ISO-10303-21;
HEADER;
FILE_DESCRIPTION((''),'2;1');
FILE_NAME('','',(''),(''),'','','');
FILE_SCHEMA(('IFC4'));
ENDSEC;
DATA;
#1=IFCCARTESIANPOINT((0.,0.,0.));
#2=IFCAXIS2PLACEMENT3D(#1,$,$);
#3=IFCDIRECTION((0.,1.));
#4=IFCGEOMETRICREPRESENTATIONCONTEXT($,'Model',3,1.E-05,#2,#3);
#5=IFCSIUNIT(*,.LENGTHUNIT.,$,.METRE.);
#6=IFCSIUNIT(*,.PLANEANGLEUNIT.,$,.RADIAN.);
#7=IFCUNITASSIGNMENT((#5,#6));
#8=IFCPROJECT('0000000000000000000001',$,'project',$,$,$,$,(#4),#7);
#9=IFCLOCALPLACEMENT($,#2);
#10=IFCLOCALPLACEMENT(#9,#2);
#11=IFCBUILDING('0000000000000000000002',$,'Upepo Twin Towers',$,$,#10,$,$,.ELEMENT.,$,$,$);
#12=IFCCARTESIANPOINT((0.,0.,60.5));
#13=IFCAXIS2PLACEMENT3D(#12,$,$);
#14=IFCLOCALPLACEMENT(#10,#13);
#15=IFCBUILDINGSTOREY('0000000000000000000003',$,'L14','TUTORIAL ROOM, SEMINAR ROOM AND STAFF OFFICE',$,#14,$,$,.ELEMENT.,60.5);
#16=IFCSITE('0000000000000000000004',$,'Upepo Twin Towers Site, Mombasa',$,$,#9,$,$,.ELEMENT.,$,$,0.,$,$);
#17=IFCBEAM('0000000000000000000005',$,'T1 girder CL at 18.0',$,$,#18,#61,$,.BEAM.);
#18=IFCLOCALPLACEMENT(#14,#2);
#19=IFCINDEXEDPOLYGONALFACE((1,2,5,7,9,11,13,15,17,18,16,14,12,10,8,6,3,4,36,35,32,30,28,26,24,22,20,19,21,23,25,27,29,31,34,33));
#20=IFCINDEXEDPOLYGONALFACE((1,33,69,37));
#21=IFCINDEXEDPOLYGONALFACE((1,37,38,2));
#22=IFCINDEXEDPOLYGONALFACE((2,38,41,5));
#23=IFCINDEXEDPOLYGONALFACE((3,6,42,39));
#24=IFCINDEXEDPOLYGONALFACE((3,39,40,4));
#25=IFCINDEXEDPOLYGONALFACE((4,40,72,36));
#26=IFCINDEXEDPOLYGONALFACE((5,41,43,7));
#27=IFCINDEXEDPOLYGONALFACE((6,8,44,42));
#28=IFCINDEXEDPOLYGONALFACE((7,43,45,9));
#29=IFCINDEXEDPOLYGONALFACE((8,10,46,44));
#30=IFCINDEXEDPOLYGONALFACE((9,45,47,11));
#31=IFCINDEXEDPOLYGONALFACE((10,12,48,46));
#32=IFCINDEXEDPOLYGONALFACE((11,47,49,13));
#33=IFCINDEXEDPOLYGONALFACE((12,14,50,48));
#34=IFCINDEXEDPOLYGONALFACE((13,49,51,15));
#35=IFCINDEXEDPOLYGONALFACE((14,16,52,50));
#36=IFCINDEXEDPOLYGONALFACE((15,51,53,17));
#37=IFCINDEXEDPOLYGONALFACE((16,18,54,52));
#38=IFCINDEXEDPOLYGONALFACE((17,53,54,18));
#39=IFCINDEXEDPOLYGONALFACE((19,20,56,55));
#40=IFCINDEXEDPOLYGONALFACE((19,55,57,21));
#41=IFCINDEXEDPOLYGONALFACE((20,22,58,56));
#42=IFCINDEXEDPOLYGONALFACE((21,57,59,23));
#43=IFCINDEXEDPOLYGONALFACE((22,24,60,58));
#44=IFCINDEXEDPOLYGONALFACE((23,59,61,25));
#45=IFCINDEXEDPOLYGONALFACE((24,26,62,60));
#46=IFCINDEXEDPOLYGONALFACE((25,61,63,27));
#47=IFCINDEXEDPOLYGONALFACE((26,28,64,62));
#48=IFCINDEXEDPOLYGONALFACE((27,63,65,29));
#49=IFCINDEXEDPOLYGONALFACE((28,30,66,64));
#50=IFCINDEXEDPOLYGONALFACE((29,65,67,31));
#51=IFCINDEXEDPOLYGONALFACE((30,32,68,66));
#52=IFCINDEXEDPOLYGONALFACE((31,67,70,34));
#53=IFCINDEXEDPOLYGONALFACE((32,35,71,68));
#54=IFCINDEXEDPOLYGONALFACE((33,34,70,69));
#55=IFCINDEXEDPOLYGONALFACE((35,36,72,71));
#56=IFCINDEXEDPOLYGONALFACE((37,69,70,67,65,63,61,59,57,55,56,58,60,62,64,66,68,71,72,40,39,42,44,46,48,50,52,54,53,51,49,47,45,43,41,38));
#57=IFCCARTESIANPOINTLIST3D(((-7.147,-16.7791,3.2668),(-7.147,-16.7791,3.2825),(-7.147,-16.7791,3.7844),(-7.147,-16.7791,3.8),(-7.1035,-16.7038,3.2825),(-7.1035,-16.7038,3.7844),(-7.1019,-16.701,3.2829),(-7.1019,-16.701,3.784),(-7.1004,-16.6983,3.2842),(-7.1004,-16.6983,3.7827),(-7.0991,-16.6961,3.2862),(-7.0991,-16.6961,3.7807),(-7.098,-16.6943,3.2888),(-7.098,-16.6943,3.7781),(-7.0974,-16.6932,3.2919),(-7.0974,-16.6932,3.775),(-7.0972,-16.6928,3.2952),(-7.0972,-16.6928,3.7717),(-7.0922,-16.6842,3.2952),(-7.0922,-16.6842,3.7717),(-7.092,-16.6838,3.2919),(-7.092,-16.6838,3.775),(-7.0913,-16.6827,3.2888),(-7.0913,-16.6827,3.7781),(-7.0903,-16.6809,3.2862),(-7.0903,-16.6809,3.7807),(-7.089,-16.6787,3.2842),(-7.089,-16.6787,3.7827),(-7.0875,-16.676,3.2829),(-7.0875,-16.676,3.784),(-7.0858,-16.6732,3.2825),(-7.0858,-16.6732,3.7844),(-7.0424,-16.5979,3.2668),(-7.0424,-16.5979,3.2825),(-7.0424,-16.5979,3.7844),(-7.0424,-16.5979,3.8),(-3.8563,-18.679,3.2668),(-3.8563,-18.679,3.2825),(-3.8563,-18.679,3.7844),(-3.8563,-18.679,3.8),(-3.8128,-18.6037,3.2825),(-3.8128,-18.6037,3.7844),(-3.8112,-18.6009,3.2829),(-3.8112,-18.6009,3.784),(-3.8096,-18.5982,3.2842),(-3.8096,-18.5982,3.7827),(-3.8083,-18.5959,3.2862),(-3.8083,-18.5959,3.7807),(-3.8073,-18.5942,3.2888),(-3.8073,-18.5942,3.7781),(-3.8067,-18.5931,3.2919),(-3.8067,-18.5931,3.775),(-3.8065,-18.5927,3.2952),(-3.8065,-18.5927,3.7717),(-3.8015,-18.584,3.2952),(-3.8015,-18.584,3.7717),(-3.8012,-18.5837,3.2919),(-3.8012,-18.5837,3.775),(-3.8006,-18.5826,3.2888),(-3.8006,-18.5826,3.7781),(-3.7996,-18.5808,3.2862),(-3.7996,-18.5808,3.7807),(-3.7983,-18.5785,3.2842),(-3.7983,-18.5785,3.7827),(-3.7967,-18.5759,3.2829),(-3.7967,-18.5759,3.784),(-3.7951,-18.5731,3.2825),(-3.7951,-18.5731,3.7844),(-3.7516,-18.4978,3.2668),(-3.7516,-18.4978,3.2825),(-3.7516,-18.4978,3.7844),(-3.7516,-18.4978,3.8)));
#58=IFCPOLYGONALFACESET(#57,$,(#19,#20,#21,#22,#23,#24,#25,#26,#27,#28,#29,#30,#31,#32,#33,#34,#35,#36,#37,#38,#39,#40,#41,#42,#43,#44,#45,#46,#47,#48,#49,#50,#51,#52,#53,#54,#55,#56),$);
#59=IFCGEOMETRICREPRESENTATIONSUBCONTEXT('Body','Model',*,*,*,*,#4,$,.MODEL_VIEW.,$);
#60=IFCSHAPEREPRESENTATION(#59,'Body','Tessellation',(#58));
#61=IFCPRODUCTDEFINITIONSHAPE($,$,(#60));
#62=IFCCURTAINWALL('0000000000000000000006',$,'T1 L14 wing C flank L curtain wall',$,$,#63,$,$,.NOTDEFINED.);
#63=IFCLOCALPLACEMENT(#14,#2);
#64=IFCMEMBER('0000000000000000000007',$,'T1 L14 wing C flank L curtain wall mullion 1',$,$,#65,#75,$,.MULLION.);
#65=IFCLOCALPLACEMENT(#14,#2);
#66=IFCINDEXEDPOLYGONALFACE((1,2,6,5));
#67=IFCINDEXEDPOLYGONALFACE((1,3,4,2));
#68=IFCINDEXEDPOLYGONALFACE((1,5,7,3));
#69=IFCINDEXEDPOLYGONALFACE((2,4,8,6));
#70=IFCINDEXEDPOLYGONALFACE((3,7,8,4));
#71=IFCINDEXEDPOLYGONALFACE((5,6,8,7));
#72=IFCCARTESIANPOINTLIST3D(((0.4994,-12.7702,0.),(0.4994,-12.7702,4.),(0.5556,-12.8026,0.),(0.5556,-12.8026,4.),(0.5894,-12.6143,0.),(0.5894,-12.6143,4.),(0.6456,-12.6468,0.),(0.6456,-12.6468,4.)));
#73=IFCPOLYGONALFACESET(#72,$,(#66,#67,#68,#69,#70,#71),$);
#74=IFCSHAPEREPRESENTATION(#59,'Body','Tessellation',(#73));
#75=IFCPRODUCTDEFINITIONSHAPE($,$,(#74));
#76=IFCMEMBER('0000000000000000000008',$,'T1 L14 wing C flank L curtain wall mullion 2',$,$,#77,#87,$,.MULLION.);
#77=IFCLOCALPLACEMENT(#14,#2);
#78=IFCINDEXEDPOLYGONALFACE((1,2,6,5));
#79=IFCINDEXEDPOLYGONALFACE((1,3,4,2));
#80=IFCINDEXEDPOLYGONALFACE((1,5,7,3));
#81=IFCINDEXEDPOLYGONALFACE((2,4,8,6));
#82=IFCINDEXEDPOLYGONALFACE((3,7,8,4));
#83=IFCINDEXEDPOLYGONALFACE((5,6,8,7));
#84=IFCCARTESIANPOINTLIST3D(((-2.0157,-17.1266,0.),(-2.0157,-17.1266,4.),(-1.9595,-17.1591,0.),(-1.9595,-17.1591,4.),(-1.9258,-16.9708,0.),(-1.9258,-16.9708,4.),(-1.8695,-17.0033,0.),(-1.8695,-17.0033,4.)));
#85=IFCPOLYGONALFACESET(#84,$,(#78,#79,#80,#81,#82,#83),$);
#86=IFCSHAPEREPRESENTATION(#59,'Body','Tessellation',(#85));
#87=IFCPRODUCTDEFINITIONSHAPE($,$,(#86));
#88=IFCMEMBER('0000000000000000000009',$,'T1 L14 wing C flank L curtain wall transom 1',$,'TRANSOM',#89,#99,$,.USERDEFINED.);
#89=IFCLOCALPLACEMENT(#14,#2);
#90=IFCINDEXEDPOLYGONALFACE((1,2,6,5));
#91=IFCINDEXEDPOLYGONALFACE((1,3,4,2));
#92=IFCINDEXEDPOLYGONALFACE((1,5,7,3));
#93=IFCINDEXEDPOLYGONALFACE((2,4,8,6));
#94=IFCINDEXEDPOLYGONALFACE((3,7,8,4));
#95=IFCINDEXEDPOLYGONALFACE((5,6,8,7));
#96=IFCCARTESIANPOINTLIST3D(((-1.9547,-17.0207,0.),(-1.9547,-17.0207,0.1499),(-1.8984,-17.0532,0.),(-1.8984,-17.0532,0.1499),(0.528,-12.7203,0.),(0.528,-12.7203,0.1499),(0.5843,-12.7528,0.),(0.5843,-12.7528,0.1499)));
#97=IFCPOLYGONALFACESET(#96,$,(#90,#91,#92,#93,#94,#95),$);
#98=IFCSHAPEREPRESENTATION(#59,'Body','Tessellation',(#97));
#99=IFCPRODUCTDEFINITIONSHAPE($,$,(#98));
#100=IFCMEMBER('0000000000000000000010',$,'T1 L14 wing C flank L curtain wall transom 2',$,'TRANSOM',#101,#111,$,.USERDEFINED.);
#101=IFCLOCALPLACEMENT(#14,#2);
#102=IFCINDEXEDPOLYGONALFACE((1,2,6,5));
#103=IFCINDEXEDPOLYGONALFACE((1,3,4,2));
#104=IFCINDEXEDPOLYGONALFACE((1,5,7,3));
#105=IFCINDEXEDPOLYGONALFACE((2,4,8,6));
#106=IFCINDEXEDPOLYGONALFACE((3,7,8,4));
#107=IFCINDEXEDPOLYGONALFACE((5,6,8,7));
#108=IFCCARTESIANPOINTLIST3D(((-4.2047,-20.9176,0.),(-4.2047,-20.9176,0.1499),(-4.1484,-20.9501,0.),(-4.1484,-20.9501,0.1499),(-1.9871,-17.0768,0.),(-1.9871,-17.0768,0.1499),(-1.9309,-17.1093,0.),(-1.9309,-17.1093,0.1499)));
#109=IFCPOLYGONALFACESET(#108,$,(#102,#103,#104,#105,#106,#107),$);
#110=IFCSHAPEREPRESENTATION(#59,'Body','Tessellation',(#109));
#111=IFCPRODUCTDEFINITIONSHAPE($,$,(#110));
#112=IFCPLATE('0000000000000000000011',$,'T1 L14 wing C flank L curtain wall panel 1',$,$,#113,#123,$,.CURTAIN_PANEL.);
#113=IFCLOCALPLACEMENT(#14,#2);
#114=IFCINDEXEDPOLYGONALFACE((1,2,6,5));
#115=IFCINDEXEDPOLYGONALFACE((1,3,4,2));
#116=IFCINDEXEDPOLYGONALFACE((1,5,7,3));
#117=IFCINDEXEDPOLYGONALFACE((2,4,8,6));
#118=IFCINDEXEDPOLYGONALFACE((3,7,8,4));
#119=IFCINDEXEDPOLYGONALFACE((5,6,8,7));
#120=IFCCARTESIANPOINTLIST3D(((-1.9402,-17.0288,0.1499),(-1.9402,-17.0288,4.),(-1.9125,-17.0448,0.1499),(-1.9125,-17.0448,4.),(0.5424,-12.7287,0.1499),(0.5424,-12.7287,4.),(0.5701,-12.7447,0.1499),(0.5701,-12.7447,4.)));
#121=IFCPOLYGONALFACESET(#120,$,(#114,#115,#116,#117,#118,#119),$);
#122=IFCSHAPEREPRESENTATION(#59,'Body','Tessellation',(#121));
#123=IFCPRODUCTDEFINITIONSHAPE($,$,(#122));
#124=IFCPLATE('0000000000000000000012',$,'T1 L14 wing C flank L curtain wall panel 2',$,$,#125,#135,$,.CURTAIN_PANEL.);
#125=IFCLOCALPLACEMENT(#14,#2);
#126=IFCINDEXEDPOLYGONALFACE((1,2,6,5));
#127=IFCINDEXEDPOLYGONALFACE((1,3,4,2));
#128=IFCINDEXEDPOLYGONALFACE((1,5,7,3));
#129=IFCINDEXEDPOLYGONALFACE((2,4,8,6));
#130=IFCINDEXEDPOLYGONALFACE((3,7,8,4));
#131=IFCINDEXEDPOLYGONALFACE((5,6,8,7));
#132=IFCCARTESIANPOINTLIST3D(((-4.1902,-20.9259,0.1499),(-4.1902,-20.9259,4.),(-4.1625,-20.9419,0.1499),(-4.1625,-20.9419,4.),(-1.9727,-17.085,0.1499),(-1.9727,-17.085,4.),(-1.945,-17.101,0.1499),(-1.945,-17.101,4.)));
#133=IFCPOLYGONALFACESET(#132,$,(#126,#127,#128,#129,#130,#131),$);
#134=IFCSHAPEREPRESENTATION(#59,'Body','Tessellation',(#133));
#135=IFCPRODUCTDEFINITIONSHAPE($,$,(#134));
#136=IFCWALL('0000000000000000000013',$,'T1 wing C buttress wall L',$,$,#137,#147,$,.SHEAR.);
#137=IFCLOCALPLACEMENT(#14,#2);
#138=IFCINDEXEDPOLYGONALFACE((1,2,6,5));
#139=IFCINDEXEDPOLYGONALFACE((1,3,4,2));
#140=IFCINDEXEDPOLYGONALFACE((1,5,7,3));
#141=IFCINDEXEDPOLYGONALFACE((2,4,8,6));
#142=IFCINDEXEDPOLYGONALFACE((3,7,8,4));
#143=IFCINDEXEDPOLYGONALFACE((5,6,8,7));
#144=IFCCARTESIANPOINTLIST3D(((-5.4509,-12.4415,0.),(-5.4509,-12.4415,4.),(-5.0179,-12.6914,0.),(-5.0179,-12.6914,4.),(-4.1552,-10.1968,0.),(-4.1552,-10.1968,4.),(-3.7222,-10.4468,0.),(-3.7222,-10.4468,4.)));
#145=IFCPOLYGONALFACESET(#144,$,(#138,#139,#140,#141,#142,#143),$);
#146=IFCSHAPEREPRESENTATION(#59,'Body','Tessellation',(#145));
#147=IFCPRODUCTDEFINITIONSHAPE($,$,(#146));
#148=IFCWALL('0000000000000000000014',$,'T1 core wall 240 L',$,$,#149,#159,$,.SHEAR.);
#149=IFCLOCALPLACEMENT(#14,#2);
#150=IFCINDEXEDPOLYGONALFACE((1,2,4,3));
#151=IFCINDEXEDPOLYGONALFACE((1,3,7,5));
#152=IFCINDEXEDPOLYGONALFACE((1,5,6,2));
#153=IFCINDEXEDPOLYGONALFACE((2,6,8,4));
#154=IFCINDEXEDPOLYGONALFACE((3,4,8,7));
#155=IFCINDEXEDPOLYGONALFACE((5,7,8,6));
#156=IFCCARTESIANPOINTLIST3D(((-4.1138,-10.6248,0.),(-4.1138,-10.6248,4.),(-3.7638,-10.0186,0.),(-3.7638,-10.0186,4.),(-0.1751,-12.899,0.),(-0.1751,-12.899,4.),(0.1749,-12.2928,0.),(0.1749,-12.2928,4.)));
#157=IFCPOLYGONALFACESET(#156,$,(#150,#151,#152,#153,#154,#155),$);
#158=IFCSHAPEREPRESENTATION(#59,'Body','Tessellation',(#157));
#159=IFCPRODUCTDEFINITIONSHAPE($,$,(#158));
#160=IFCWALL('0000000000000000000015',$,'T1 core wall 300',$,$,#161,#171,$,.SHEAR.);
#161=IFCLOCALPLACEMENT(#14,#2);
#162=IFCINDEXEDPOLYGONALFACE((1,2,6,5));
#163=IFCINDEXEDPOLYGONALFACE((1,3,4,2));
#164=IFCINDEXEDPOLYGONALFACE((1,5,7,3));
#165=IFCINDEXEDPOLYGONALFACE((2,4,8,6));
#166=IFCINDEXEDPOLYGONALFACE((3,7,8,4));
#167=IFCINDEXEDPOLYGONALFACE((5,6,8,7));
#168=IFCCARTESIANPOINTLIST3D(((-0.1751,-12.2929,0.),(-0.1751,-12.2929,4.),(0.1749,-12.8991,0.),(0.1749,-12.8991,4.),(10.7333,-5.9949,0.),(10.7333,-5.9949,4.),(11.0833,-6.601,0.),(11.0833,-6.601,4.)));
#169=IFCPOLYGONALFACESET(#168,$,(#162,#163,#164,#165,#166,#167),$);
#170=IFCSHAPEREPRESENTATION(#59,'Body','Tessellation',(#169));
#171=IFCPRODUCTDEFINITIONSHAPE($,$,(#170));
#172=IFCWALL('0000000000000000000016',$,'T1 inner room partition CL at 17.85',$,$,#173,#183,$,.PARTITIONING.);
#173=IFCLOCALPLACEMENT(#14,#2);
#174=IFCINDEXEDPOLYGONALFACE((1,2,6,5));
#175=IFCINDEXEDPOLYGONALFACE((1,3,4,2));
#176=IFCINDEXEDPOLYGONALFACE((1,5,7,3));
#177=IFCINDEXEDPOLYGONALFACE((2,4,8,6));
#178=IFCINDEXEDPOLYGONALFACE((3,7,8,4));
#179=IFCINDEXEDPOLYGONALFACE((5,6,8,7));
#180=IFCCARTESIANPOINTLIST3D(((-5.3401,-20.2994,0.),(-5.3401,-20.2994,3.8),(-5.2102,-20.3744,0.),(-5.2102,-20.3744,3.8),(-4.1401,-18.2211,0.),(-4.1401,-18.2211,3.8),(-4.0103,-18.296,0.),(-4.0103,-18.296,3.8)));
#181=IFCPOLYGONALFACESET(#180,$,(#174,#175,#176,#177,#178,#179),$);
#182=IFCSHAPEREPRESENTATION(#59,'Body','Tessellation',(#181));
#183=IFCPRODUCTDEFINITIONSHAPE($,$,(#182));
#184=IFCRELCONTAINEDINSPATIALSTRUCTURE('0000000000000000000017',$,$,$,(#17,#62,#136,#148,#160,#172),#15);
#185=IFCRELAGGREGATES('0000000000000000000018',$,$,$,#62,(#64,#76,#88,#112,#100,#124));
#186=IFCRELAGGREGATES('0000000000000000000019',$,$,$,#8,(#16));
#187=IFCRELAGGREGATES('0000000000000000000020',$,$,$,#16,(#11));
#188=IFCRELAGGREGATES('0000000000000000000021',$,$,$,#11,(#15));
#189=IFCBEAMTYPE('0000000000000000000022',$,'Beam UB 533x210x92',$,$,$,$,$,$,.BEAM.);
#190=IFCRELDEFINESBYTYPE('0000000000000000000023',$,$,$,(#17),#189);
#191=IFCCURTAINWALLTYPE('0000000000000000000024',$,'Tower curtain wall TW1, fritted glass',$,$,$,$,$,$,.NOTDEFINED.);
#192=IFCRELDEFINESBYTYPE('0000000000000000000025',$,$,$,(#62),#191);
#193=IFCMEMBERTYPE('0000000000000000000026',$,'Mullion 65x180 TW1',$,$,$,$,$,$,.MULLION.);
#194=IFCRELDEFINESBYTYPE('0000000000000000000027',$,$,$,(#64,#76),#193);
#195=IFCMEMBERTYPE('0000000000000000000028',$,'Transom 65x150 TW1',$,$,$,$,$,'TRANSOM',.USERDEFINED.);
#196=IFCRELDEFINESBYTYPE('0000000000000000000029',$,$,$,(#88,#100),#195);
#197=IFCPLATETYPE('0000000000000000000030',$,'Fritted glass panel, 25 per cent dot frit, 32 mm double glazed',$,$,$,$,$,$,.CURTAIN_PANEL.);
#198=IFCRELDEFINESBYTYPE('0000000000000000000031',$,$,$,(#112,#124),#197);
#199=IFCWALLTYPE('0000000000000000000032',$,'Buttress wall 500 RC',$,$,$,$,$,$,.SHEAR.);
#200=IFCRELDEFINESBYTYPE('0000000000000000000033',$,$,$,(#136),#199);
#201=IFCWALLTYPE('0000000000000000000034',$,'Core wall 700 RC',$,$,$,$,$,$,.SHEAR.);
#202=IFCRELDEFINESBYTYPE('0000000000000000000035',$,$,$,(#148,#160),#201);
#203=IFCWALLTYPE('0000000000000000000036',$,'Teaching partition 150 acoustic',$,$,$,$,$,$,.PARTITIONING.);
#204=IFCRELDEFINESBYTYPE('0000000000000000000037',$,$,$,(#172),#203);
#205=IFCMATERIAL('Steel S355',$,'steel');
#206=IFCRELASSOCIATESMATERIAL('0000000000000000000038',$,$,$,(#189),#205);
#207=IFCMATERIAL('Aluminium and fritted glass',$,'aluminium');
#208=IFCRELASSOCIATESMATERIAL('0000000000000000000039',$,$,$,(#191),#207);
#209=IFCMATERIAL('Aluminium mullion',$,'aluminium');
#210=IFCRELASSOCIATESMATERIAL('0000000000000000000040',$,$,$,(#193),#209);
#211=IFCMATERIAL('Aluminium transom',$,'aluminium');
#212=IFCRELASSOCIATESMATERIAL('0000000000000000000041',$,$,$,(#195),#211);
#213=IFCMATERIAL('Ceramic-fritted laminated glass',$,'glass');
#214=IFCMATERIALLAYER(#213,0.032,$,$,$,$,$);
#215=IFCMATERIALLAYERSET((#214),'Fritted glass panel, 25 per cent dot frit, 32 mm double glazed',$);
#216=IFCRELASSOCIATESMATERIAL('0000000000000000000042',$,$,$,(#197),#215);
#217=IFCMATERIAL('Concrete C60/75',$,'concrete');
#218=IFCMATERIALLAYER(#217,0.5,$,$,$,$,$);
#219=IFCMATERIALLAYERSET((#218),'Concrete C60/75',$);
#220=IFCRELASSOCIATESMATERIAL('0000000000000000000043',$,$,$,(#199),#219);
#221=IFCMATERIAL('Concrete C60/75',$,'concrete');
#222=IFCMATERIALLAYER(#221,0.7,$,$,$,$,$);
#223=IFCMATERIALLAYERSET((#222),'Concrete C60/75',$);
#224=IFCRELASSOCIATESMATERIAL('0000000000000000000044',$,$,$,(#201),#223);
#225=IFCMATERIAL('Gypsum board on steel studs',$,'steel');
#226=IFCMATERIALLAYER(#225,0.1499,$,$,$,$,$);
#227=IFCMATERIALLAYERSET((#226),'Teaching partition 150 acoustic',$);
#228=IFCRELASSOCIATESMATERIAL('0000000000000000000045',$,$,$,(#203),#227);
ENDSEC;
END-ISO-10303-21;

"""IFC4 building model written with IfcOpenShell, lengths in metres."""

from ifc_helpers import new_model, si_unit, direction, frame, frame_2d, origin, origin_2d, place, context, subcontext, project, spatial, rectangle, i_section, extrude, material, layer, layer_set, material_profile, profile_set, type_object, element, aggregate, save


model = new_model("IFC4")

# Units and contexts
model_context = context("Model", 3, precision=1e-05, world=origin(), true_north=direction((0.0, 1.0)))
body_context = subcontext(model_context, "Body", "Model", "MODEL_VIEW")
ifc_project = project(units=[si_unit("LENGTHUNIT", "METRE"), si_unit("PLANEANGLEUNIT", "RADIAN")], contexts=[model_context])

# Site, building, storey
site_placement = place(None, origin())
site = spatial("IfcSite", under=ifc_project, at=site_placement, Name="Upepo Twin Towers Site, Mombasa", CompositionType="ELEMENT", RefElevation=0.0)
building_placement = place(site_placement, origin())
building = spatial("IfcBuilding", under=site, at=building_placement, Name="Upepo Twin Towers", CompositionType="ELEMENT")
storey_placement = place(building_placement, frame((0.0, 0.0, 60.5)))
storey = spatial("IfcBuildingStorey", under=building, at=storey_placement, Name="L14", Description="TUTORIAL ROOM, SEMINAR ROOM AND STAFF OFFICE", CompositionType="ELEMENT", Elevation=60.5)

# Beam
ifc_material_1 = material(Name="Steel S355", Category="steel")
ifc_material_profile_1 = material_profile(ifc_material_1, i_section(OverallWidth=0.2092, OverallDepth=0.5332, WebThickness=0.01, FlangeThickness=0.0156, FilletRadius=0.0127, at=origin_2d()), Name="UB 533x210x92")
ifc_profile_set_1 = profile_set([ifc_material_profile_1], Name="Steel S355")
beam_type_1 = type_object("IfcBeamType", Name="Beam UB 533x210x92", PredefinedType="BEAM", material=ifc_profile_set_1)
beam_1_placement = place(storey_placement, frame((-3.804, -18.5884, 3.5334), z_axis=(-0.866028, 0.499995, 0.0), x_axis=(-0.499995, -0.866028, 0.0)))
element("IfcBeam", 1, at=beam_1_placement, inside=storey, type_object=beam_type_1, Name="T1 girder CL at 18.0", PredefinedType="BEAM", context=body_context, shape_type="SweptSolid", body=[
    extrude(i_section(OverallWidth=0.2092, OverallDepth=0.5332, WebThickness=0.01, FlangeThickness=0.0156, FilletRadius=0.0127, at=origin_2d()), origin(), (0.0, 0.0, 1.0), 3.7998),
])

# Curtain wall, members, plates
ifc_material_2 = material(Name="Aluminium and fritted glass", Category="aluminium")
curtain_wall_type = type_object("IfcCurtainWallType", Name="Tower curtain wall TW1, fritted glass", PredefinedType="NOTDEFINED", material=ifc_material_2)
curtain_wall_placement = place(storey_placement, origin())
curtain_wall = element("IfcCurtainWall", 2, at=curtain_wall_placement, inside=storey, type_object=curtain_wall_type, Name="T1 L14 wing C flank L curtain wall", PredefinedType="NOTDEFINED")
ifc_material_3 = material(Name="Aluminium mullion", Category="aluminium")
ifc_material_profile_2 = material_profile(ifc_material_3, rectangle(XDim=0.0649, YDim=0.1799, at=origin_2d()), Name="MULLION 65x180")
ifc_profile_set_2 = profile_set([ifc_material_profile_2], Name="Aluminium mullion")
member_type_1 = type_object("IfcMemberType", Name="Mullion 65x180 TW1", PredefinedType="MULLION", material=ifc_profile_set_2)
member_1_placement = place(storey_placement, frame((0.5725, -12.7085, 0.0), z_axis=(0.0, 0.0, 1.0), x_axis=(0.866025, -0.5, 0.0)))
member_1 = element("IfcMember", 3, at=member_1_placement, type_object=member_type_1, Name="T1 L14 wing C flank L curtain wall mullion 1", PredefinedType="MULLION", context=body_context, shape_type="SweptSolid", body=[
    extrude(rectangle(XDim=0.0649, YDim=0.1799, at=origin_2d()), origin(), (0.0, 0.0, 1.0), 4.0),
])
member_2_placement = place(storey_placement, frame((-1.9426, -17.0649, 0.0), z_axis=(0.0, 0.0, 1.0), x_axis=(0.866025, -0.5, 0.0)))
member_2 = element("IfcMember", 4, at=member_2_placement, type_object=member_type_1, Name="T1 L14 wing C flank L curtain wall mullion 2", PredefinedType="MULLION", context=body_context, shape_type="SweptSolid", body=[
    extrude(rectangle(XDim=0.0649, YDim=0.1799, at=origin_2d()), origin(), (0.0, 0.0, 1.0), 4.0),
])
ifc_material_4 = material(Name="Aluminium transom", Category="aluminium")
ifc_material_profile_3 = material_profile(ifc_material_4, rectangle(XDim=0.0649, YDim=0.1499, at=origin_2d()), Name="TRANSOM 65x150")
ifc_profile_set_3 = profile_set([ifc_material_profile_3], Name="Aluminium transom")
member_type_2 = type_object("IfcMemberType", Name="Transom 65x150 TW1", ElementType="TRANSOM", PredefinedType="USERDEFINED", material=ifc_profile_set_3)
member_3_placement = place(storey_placement, frame((0.5562, -12.7366, 0.075), z_axis=(-0.499983, -0.866035, 0.0), x_axis=(0.866035, -0.499983, 0.0)))
member_3 = element("IfcMember", 5, at=member_3_placement, type_object=member_type_2, Name="T1 L14 wing C flank L curtain wall transom 1", ObjectType="TRANSOM", PredefinedType="USERDEFINED", context=body_context, shape_type="SweptSolid", body=[
    extrude(rectangle(XDim=0.0649, YDim=0.1499, at=origin_2d()), origin(), (0.0, 0.0, 1.0), 4.9656),
])
member_4_placement = place(storey_placement, frame((-1.959, -17.093, 0.075), z_axis=(-0.500005, -0.866022, 0.0), x_axis=(0.866022, -0.500005, 0.0)))
member_4 = element("IfcMember", 6, at=member_4_placement, type_object=member_type_2, Name="T1 L14 wing C flank L curtain wall transom 2", ObjectType="TRANSOM", PredefinedType="USERDEFINED", context=body_context, shape_type="SweptSolid", body=[
    extrude(rectangle(XDim=0.0649, YDim=0.1499, at=origin_2d()), origin(), (0.0, 0.0, 1.0), 4.4351),
])
ifc_material_5 = material(Name="Ceramic-fritted laminated glass", Category="glass")
ifc_layer_1 = layer(ifc_material_5, 0.032)
ifc_layer_set_1 = layer_set([ifc_layer_1], Name="Fritted glass panel, 25 per cent dot frit, 32 mm double glazed")
plate_type = type_object("IfcPlateType", Name="Fritted glass panel, 25 per cent dot frit, 32 mm double glazed", PredefinedType="CURTAIN_PANEL", material=ifc_layer_set_1)
plate_1_placement = place(storey_placement, frame((-0.6851, -14.8867, 0.1499), z_axis=(0.0, 0.0, 1.0), x_axis=(-0.5, -0.866025, 0.0)))
plate_1 = element("IfcPlate", 7, at=plate_1_placement, type_object=plate_type, Name="T1 L14 wing C flank L curtain wall panel 1", PredefinedType="CURTAIN_PANEL", context=body_context, shape_type="SweptSolid", body=[
    extrude(rectangle(XDim=4.9653, YDim=0.032, at=origin_2d()), origin(), (0.0, 0.0, 1.0), 3.8501),
])
plate_2_placement = place(storey_placement, frame((-3.0676, -19.0134, 0.1499), z_axis=(0.0, 0.0, 1.0), x_axis=(-0.5, -0.866025, 0.0)))
plate_2 = element("IfcPlate", 8, at=plate_2_placement, type_object=plate_type, Name="T1 L14 wing C flank L curtain wall panel 2", PredefinedType="CURTAIN_PANEL", context=body_context, shape_type="SweptSolid", body=[
    extrude(rectangle(XDim=4.4351, YDim=0.032, at=origin_2d()), origin(), (0.0, 0.0, 1.0), 3.8501),
])
aggregate(curtain_wall, [member_1, member_2, member_3, plate_1, member_4, plate_2])

# Walls
ifc_material_6 = material(Name="Concrete C60/75", Category="concrete")
ifc_layer_2 = layer(ifc_material_6, 0.5)
ifc_layer_set_2 = layer_set([ifc_layer_2], Name="Concrete C60/75")
wall_type_1 = type_object("IfcWallType", Name="Buttress wall 500 RC", PredefinedType="SHEAR", material=ifc_layer_set_2)
wall_1_placement = place(storey_placement, frame((-3.9387, -10.3218, 0.0), z_axis=(0.0, 0.0, 1.0), x_axis=(-0.499918, -0.866073, 0.0)))
element("IfcWall", 9, at=wall_1_placement, inside=storey, type_object=wall_type_1, Name="T1 wing C buttress wall L", PredefinedType="SHEAR", context=body_context, shape_type="SweptSolid", body=[
    extrude(rectangle(XDim=2.5918, YDim=0.5, at=frame_2d((1.2959, 0.0))), origin(), (0.0, 0.0, 1.0), 4.0),
])
ifc_material_7 = material(Name="Concrete C60/75", Category="concrete")
ifc_layer_3 = layer(ifc_material_7, 0.7)
ifc_layer_set_3 = layer_set([ifc_layer_3], Name="Concrete C60/75")
wall_type_2 = type_object("IfcWallType", Name="Core wall 700 RC", PredefinedType="SHEAR", material=ifc_layer_set_3)
wall_2_placement = place(storey_placement, frame((-3.9387, -10.3218, 0.0), z_axis=(0.0, 0.0, 1.0), x_axis=(0.866011, -0.500024, 0.0)))
element("IfcWall", 10, at=wall_2_placement, inside=storey, type_object=wall_type_2, Name="T1 core wall 240 L", PredefinedType="SHEAR", context=body_context, shape_type="SweptSolid", body=[
    extrude(rectangle(XDim=4.5481, YDim=0.7, at=frame_2d((2.2739, 0.0))), origin(), (0.0, 0.0, 1.0), 4.0),
])
wall_3_placement = place(storey_placement, frame((0.0, -12.5959, 0.0), z_axis=(0.0, 0.0, 1.0), x_axis=(0.866022, 0.500006, 0.0)))
element("IfcWall", 11, at=wall_3_placement, inside=storey, type_object=wall_type_2, Name="T1 core wall 300", PredefinedType="SHEAR", context=body_context, shape_type="SweptSolid", body=[
    extrude(rectangle(XDim=12.5959, YDim=0.7, at=frame_2d((6.2979, 0.0))), origin(), (0.0, 0.0, 1.0), 4.0),
])
ifc_material_8 = material(Name="Gypsum board on steel studs", Category="steel")
ifc_layer_4 = layer(ifc_material_8, 0.1499)
ifc_layer_set_4 = layer_set([ifc_layer_4], Name="Teaching partition 150 acoustic")
wall_type_3 = type_object("IfcWallType", Name="Teaching partition 150 acoustic", PredefinedType="PARTITIONING", material=ifc_layer_set_4)
wall_4_placement = place(storey_placement, frame((-4.0752, -18.2585, 0.0), z_axis=(0.0, 0.0, 1.0), x_axis=(-0.500001, -0.866025, 0.0)))
element("IfcWall", 12, at=wall_4_placement, inside=storey, type_object=wall_type_3, Name="T1 inner room partition CL at 17.85", PredefinedType="PARTITIONING", context=body_context, shape_type="SweptSolid", body=[
    extrude(rectangle(XDim=2.3999, YDim=0.1499, at=frame_2d((1.2, 0.0))), origin(), (0.0, 0.0, 1.0), 3.8),
])

save(model, "model.ifc")
